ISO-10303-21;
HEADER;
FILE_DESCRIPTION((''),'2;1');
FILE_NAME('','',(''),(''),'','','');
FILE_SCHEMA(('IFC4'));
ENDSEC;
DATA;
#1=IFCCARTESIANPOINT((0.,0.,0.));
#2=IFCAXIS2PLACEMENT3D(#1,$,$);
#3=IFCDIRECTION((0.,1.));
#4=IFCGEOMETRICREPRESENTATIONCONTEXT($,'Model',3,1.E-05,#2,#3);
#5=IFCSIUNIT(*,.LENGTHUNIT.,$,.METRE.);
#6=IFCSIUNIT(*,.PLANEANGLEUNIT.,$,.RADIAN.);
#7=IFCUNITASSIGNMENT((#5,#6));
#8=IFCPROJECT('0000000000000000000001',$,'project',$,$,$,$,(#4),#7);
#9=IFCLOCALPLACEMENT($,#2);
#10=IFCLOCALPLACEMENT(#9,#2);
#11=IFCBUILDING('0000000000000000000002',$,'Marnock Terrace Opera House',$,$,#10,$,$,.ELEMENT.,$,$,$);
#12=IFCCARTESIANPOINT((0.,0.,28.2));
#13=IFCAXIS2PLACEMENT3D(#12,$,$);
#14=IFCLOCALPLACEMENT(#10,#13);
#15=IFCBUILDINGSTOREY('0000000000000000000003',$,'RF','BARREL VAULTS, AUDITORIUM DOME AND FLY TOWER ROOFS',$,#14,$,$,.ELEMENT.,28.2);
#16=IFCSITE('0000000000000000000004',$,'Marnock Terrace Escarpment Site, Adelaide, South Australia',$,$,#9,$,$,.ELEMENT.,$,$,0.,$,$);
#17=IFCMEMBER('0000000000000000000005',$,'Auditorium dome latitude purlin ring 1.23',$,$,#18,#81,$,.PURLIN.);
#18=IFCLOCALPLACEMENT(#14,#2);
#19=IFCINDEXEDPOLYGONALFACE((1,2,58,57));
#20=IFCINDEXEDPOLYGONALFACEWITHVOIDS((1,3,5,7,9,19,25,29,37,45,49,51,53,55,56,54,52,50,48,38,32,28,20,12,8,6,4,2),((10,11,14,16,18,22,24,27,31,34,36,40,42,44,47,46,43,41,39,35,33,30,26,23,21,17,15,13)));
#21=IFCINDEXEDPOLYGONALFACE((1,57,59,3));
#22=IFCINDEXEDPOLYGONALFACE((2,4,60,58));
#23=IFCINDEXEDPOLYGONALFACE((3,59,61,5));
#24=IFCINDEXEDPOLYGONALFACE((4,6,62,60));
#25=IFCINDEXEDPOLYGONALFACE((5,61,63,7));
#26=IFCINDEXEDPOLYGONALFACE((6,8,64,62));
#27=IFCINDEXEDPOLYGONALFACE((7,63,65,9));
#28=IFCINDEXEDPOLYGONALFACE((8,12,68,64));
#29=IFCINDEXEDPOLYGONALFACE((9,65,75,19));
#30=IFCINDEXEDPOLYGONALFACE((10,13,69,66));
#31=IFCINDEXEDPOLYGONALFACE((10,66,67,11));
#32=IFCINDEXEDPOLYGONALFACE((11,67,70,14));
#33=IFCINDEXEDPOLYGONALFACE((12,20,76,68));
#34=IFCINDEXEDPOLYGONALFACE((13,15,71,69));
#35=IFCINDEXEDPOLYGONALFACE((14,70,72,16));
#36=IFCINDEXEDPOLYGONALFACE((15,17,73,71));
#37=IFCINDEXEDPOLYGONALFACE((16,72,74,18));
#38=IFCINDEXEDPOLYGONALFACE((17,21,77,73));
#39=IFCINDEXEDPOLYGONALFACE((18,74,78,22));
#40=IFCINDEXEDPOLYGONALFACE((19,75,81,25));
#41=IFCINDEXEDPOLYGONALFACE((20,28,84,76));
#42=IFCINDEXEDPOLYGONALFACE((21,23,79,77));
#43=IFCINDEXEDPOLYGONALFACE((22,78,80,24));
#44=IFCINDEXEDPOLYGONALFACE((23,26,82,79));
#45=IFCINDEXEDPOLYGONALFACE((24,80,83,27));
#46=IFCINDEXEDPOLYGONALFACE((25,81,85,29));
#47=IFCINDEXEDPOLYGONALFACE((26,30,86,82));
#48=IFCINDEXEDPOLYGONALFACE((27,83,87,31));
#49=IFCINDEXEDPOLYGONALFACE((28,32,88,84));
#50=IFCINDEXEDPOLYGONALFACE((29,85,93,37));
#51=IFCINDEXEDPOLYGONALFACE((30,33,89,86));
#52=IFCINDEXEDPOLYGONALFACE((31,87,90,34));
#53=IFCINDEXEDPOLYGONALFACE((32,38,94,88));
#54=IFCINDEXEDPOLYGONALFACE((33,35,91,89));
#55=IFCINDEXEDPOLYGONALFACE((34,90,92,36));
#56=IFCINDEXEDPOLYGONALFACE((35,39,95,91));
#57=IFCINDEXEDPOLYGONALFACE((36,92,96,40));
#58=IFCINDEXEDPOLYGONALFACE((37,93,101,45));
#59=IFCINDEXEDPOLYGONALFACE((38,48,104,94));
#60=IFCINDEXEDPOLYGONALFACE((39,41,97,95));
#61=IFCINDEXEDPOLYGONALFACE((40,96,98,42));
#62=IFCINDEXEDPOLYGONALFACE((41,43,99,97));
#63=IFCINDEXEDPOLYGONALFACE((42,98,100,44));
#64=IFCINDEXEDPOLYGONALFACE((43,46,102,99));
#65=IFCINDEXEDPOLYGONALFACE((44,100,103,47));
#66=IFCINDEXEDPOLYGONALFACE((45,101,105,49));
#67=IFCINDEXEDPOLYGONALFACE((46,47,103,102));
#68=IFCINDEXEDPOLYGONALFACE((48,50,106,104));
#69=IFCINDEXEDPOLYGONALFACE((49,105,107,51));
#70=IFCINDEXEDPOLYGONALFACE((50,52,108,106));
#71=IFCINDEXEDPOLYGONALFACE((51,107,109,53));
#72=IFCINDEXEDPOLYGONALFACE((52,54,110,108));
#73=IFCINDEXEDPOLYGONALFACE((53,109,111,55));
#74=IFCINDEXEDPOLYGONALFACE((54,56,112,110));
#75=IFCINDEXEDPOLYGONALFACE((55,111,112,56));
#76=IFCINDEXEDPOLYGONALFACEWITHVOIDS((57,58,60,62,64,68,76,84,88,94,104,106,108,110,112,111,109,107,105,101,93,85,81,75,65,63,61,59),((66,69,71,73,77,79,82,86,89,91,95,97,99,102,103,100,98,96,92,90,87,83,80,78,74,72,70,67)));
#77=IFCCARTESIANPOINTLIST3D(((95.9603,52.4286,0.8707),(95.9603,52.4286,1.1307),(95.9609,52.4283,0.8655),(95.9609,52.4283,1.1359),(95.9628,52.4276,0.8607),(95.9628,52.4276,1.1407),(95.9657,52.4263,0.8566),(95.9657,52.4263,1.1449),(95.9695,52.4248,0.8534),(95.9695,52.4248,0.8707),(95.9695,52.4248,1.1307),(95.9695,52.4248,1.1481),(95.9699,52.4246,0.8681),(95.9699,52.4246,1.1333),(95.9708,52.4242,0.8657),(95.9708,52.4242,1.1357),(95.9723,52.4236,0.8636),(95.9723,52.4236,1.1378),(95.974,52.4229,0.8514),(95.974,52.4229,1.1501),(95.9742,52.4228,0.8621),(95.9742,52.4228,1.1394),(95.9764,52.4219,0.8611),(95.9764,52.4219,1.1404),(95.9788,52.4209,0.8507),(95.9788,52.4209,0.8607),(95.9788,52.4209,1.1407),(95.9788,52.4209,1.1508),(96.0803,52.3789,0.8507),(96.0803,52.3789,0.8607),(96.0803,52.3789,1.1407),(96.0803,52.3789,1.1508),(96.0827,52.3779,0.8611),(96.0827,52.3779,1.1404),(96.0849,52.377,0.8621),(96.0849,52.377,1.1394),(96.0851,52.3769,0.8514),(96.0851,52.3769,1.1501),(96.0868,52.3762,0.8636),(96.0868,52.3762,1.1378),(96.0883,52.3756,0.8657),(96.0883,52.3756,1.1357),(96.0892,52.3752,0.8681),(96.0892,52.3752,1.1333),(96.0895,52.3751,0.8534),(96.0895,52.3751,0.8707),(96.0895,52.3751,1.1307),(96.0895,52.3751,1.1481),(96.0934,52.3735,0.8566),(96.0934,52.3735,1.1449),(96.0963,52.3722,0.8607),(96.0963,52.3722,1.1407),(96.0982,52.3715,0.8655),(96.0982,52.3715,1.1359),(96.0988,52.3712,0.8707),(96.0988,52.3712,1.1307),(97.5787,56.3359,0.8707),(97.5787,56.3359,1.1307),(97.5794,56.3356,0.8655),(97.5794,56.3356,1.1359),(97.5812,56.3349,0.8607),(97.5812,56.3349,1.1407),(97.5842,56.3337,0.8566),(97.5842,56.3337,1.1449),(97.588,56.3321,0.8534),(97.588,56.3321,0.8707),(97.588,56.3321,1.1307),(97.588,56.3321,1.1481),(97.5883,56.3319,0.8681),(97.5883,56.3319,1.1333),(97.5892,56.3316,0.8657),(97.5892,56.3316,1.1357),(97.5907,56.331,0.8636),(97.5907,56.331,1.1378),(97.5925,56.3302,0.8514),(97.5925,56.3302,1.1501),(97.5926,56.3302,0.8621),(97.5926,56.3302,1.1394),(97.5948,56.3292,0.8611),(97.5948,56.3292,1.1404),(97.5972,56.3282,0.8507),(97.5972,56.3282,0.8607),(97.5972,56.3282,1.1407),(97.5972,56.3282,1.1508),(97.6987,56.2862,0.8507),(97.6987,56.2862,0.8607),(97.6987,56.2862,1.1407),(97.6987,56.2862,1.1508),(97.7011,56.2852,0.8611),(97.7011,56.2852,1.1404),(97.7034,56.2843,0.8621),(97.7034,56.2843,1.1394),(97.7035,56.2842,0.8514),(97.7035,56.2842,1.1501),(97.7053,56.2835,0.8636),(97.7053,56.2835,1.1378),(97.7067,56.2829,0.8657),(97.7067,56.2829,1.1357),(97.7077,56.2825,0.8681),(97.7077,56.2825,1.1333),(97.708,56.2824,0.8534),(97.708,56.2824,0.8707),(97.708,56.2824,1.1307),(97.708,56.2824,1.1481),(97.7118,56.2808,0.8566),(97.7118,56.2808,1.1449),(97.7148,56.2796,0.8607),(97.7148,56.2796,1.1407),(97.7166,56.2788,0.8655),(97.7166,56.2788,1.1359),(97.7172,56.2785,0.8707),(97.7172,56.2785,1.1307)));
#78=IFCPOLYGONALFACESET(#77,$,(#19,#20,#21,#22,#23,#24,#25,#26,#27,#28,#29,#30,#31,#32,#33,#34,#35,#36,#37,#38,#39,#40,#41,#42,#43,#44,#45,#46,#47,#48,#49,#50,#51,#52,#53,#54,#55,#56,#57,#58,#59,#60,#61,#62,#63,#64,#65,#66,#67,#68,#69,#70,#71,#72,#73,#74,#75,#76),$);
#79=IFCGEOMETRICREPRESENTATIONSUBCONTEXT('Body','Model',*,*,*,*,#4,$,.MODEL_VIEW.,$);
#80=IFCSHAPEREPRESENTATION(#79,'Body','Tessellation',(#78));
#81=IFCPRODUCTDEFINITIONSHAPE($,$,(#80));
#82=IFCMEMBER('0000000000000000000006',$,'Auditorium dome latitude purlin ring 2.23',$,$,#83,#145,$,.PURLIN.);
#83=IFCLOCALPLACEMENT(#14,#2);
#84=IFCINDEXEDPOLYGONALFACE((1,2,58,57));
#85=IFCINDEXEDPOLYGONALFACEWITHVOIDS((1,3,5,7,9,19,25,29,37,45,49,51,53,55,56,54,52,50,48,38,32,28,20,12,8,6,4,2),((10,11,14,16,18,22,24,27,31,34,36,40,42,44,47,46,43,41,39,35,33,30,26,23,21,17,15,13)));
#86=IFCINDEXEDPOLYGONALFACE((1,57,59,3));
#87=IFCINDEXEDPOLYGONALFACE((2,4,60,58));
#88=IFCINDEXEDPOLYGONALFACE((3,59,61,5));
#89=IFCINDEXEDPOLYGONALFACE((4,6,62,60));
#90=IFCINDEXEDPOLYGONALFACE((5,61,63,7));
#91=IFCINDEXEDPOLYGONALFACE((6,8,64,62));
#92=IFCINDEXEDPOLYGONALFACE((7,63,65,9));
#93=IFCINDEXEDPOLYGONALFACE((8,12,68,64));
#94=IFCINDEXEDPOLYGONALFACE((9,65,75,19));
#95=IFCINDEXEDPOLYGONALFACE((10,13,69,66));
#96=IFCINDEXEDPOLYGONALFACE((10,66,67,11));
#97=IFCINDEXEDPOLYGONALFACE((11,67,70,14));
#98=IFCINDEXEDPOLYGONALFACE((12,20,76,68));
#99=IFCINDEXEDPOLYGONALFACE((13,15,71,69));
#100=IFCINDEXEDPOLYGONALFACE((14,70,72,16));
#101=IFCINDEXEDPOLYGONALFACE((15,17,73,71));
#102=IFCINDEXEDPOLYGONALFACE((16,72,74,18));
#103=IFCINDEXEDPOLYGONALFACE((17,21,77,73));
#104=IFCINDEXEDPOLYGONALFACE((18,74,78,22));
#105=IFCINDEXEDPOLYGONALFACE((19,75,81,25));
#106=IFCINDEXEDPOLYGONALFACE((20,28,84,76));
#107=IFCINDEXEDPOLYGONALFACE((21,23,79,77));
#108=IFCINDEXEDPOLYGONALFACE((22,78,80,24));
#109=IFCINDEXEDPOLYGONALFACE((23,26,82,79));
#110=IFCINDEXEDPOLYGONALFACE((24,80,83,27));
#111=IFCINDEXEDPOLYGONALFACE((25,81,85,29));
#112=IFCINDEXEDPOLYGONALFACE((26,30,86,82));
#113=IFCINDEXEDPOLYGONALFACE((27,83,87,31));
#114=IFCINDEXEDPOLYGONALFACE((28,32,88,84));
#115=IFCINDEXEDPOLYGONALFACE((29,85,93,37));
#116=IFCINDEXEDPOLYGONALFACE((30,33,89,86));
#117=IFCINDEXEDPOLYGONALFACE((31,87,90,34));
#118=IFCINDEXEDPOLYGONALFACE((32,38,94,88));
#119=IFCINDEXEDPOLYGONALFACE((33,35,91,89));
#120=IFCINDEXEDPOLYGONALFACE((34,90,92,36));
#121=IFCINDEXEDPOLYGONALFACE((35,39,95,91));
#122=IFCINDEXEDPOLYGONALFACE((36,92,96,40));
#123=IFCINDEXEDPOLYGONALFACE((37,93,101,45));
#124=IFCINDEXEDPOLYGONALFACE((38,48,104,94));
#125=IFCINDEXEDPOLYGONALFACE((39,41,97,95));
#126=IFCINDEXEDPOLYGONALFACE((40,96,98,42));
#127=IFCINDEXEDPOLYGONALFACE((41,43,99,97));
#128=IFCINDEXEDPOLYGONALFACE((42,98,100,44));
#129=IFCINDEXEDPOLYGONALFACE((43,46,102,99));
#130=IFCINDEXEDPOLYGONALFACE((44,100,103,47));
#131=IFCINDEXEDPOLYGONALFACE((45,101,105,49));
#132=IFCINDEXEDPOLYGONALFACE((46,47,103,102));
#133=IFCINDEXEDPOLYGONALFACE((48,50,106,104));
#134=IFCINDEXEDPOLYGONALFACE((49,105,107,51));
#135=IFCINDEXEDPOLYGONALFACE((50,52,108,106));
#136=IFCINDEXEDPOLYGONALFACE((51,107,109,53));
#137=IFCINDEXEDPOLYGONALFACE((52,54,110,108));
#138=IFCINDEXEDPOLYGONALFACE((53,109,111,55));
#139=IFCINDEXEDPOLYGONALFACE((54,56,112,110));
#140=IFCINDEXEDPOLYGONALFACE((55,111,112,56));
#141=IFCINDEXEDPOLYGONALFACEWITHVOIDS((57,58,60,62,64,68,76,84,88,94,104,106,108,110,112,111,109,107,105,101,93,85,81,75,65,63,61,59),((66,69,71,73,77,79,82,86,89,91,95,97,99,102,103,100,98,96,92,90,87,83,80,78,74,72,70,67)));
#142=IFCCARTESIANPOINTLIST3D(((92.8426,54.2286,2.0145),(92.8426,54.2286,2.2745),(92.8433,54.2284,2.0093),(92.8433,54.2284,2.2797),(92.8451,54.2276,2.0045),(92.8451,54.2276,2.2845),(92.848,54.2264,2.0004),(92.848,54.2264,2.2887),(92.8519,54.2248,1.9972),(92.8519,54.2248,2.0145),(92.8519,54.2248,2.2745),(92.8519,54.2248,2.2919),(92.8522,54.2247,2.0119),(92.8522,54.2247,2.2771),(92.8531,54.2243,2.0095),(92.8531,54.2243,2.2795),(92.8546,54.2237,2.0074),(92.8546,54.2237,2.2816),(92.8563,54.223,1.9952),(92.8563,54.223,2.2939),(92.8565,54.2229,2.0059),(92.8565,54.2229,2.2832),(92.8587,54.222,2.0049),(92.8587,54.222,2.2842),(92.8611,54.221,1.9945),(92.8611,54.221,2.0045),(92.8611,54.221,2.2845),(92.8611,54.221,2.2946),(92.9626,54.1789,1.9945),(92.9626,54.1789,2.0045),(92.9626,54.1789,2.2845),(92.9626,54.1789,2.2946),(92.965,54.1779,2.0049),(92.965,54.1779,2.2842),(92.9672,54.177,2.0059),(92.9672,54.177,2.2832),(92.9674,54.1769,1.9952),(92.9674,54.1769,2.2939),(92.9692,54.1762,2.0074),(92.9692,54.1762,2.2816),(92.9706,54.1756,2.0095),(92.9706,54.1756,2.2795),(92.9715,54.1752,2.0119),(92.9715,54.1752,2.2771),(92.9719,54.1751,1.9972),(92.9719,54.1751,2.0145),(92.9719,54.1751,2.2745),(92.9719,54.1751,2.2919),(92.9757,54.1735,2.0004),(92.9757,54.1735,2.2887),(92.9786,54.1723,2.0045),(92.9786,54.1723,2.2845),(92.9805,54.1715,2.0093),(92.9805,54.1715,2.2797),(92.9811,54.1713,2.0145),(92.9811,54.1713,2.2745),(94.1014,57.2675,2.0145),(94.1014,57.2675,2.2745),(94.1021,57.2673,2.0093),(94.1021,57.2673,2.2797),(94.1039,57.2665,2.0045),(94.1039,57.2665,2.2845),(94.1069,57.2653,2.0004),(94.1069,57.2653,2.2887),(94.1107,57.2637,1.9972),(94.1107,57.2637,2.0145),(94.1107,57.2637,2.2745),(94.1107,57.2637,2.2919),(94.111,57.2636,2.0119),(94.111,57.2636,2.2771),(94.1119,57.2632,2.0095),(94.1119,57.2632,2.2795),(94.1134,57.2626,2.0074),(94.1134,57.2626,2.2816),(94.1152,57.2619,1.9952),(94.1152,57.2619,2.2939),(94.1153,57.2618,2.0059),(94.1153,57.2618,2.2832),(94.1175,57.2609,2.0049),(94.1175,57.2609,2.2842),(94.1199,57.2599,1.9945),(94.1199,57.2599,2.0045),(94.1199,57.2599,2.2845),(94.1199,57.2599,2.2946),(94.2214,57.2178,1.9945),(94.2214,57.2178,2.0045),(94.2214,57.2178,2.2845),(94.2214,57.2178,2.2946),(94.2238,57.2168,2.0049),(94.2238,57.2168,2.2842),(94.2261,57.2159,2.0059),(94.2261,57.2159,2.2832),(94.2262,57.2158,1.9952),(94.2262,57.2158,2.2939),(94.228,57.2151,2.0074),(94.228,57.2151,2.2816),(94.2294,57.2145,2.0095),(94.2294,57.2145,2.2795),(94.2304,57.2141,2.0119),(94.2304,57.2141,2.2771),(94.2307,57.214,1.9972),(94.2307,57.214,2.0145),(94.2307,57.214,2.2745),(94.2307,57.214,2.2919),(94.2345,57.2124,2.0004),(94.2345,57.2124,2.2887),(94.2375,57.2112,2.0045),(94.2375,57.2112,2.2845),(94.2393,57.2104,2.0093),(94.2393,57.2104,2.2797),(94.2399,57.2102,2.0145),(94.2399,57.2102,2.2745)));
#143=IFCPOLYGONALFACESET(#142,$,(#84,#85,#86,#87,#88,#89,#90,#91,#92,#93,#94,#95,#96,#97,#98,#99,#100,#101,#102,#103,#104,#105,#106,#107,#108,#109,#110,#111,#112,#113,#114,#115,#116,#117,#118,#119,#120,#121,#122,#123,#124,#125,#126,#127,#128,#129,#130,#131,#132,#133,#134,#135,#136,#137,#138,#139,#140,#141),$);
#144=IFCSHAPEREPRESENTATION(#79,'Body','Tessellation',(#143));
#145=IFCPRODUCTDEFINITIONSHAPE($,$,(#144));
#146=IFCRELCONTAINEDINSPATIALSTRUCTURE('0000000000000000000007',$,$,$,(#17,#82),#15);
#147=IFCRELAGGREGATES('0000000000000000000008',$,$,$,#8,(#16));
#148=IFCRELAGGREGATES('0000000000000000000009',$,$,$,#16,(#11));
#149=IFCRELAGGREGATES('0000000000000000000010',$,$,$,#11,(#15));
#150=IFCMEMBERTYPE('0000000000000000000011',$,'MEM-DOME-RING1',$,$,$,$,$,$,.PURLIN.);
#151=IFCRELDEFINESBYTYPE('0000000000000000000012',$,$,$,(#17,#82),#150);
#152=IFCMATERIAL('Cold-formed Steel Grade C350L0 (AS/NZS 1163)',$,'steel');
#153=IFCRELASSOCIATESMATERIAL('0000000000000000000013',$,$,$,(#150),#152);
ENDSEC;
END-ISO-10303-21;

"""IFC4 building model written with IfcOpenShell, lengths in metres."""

from ifc_helpers import new_model, si_unit, direction, frame, origin, origin_2d, place, context, subcontext, project, spatial, hollow_rectangle, extrude, material, material_profile, profile_set, type_object, element, save


model = new_model("IFC4")

# Units and contexts
model_context = context("Model", 3, precision=1e-05, world=origin(), true_north=direction((0.0, 1.0)))
body_context = subcontext(model_context, "Body", "Model", "MODEL_VIEW")
ifc_project = project(units=[si_unit("LENGTHUNIT", "METRE"), si_unit("PLANEANGLEUNIT", "RADIAN")], contexts=[model_context])

# Site, building, storey
site_placement = place(None, origin())
site = spatial("IfcSite", under=ifc_project, at=site_placement, Name="Marnock Terrace Escarpment Site, Adelaide, South Australia", CompositionType="ELEMENT", RefElevation=0.0)
building_placement = place(site_placement, origin())
building = spatial("IfcBuilding", under=site, at=building_placement, Name="Marnock Terrace Opera House", CompositionType="ELEMENT")
storey_placement = place(building_placement, frame((0.0, 0.0, 28.2)))
storey = spatial("IfcBuildingStorey", under=building, at=storey_placement, Name="RF", Description="BARREL VAULTS, AUDITORIUM DOME AND FLY TOWER ROOFS", CompositionType="ELEMENT", Elevation=28.2)

# Members
ifc_material_1 = material(Name="Cold-formed Steel Grade C350L0 (AS/NZS 1163)", Category="steel")
ifc_material_profile_1 = material_profile(ifc_material_1, hollow_rectangle(XDim=0.1499, YDim=0.3, WallThickness=0.01, InnerFilletRadius=0.01, OuterFilletRadius=0.02, at=origin_2d()))
ifc_profile_set_1 = profile_set([ifc_material_profile_1], Name="Cold-formed Steel Grade C350L0 (AS/NZS 1163)")
member_type_1 = type_object("IfcMemberType", Name="MEM-DOME-RING1", PredefinedType="PURLIN", material=ifc_profile_set_1)
member_1_placement = place(storey_placement, frame((96.0295, 52.3999, 1.0007), z_axis=(0.38268, 0.923881, 0.0), x_axis=(-0.923881, 0.38268, 0.0)))
element("IfcMember", 1, at=member_1_placement, inside=storey, type_object=member_type_1, Name="Auditorium dome latitude purlin ring 1.23", PredefinedType="PURLIN", context=body_context, shape_type="SweptSolid", body=[
    extrude(hollow_rectangle(XDim=0.1499, YDim=0.3, WallThickness=0.01, InnerFilletRadius=0.01, OuterFilletRadius=0.02, at=origin_2d()), origin(), (0.0, 0.0, 1.0), 4.2292),
])
member_2_placement = place(storey_placement, frame((92.9119, 54.2, 2.1445), z_axis=(0.382701, 0.923872, 0.0), x_axis=(-0.923872, 0.382701, 0.0)))
element("IfcMember", 2, at=member_2_placement, inside=storey, type_object=member_type_1, Name="Auditorium dome latitude purlin ring 2.23", PredefinedType="PURLIN", context=body_context, shape_type="SweptSolid", body=[
    extrude(hollow_rectangle(XDim=0.1499, YDim=0.3, WallThickness=0.01, InnerFilletRadius=0.01, OuterFilletRadius=0.02, at=origin_2d()), origin(), (0.0, 0.0, 1.0), 3.2893),
])

save(model, "model.ifc")
